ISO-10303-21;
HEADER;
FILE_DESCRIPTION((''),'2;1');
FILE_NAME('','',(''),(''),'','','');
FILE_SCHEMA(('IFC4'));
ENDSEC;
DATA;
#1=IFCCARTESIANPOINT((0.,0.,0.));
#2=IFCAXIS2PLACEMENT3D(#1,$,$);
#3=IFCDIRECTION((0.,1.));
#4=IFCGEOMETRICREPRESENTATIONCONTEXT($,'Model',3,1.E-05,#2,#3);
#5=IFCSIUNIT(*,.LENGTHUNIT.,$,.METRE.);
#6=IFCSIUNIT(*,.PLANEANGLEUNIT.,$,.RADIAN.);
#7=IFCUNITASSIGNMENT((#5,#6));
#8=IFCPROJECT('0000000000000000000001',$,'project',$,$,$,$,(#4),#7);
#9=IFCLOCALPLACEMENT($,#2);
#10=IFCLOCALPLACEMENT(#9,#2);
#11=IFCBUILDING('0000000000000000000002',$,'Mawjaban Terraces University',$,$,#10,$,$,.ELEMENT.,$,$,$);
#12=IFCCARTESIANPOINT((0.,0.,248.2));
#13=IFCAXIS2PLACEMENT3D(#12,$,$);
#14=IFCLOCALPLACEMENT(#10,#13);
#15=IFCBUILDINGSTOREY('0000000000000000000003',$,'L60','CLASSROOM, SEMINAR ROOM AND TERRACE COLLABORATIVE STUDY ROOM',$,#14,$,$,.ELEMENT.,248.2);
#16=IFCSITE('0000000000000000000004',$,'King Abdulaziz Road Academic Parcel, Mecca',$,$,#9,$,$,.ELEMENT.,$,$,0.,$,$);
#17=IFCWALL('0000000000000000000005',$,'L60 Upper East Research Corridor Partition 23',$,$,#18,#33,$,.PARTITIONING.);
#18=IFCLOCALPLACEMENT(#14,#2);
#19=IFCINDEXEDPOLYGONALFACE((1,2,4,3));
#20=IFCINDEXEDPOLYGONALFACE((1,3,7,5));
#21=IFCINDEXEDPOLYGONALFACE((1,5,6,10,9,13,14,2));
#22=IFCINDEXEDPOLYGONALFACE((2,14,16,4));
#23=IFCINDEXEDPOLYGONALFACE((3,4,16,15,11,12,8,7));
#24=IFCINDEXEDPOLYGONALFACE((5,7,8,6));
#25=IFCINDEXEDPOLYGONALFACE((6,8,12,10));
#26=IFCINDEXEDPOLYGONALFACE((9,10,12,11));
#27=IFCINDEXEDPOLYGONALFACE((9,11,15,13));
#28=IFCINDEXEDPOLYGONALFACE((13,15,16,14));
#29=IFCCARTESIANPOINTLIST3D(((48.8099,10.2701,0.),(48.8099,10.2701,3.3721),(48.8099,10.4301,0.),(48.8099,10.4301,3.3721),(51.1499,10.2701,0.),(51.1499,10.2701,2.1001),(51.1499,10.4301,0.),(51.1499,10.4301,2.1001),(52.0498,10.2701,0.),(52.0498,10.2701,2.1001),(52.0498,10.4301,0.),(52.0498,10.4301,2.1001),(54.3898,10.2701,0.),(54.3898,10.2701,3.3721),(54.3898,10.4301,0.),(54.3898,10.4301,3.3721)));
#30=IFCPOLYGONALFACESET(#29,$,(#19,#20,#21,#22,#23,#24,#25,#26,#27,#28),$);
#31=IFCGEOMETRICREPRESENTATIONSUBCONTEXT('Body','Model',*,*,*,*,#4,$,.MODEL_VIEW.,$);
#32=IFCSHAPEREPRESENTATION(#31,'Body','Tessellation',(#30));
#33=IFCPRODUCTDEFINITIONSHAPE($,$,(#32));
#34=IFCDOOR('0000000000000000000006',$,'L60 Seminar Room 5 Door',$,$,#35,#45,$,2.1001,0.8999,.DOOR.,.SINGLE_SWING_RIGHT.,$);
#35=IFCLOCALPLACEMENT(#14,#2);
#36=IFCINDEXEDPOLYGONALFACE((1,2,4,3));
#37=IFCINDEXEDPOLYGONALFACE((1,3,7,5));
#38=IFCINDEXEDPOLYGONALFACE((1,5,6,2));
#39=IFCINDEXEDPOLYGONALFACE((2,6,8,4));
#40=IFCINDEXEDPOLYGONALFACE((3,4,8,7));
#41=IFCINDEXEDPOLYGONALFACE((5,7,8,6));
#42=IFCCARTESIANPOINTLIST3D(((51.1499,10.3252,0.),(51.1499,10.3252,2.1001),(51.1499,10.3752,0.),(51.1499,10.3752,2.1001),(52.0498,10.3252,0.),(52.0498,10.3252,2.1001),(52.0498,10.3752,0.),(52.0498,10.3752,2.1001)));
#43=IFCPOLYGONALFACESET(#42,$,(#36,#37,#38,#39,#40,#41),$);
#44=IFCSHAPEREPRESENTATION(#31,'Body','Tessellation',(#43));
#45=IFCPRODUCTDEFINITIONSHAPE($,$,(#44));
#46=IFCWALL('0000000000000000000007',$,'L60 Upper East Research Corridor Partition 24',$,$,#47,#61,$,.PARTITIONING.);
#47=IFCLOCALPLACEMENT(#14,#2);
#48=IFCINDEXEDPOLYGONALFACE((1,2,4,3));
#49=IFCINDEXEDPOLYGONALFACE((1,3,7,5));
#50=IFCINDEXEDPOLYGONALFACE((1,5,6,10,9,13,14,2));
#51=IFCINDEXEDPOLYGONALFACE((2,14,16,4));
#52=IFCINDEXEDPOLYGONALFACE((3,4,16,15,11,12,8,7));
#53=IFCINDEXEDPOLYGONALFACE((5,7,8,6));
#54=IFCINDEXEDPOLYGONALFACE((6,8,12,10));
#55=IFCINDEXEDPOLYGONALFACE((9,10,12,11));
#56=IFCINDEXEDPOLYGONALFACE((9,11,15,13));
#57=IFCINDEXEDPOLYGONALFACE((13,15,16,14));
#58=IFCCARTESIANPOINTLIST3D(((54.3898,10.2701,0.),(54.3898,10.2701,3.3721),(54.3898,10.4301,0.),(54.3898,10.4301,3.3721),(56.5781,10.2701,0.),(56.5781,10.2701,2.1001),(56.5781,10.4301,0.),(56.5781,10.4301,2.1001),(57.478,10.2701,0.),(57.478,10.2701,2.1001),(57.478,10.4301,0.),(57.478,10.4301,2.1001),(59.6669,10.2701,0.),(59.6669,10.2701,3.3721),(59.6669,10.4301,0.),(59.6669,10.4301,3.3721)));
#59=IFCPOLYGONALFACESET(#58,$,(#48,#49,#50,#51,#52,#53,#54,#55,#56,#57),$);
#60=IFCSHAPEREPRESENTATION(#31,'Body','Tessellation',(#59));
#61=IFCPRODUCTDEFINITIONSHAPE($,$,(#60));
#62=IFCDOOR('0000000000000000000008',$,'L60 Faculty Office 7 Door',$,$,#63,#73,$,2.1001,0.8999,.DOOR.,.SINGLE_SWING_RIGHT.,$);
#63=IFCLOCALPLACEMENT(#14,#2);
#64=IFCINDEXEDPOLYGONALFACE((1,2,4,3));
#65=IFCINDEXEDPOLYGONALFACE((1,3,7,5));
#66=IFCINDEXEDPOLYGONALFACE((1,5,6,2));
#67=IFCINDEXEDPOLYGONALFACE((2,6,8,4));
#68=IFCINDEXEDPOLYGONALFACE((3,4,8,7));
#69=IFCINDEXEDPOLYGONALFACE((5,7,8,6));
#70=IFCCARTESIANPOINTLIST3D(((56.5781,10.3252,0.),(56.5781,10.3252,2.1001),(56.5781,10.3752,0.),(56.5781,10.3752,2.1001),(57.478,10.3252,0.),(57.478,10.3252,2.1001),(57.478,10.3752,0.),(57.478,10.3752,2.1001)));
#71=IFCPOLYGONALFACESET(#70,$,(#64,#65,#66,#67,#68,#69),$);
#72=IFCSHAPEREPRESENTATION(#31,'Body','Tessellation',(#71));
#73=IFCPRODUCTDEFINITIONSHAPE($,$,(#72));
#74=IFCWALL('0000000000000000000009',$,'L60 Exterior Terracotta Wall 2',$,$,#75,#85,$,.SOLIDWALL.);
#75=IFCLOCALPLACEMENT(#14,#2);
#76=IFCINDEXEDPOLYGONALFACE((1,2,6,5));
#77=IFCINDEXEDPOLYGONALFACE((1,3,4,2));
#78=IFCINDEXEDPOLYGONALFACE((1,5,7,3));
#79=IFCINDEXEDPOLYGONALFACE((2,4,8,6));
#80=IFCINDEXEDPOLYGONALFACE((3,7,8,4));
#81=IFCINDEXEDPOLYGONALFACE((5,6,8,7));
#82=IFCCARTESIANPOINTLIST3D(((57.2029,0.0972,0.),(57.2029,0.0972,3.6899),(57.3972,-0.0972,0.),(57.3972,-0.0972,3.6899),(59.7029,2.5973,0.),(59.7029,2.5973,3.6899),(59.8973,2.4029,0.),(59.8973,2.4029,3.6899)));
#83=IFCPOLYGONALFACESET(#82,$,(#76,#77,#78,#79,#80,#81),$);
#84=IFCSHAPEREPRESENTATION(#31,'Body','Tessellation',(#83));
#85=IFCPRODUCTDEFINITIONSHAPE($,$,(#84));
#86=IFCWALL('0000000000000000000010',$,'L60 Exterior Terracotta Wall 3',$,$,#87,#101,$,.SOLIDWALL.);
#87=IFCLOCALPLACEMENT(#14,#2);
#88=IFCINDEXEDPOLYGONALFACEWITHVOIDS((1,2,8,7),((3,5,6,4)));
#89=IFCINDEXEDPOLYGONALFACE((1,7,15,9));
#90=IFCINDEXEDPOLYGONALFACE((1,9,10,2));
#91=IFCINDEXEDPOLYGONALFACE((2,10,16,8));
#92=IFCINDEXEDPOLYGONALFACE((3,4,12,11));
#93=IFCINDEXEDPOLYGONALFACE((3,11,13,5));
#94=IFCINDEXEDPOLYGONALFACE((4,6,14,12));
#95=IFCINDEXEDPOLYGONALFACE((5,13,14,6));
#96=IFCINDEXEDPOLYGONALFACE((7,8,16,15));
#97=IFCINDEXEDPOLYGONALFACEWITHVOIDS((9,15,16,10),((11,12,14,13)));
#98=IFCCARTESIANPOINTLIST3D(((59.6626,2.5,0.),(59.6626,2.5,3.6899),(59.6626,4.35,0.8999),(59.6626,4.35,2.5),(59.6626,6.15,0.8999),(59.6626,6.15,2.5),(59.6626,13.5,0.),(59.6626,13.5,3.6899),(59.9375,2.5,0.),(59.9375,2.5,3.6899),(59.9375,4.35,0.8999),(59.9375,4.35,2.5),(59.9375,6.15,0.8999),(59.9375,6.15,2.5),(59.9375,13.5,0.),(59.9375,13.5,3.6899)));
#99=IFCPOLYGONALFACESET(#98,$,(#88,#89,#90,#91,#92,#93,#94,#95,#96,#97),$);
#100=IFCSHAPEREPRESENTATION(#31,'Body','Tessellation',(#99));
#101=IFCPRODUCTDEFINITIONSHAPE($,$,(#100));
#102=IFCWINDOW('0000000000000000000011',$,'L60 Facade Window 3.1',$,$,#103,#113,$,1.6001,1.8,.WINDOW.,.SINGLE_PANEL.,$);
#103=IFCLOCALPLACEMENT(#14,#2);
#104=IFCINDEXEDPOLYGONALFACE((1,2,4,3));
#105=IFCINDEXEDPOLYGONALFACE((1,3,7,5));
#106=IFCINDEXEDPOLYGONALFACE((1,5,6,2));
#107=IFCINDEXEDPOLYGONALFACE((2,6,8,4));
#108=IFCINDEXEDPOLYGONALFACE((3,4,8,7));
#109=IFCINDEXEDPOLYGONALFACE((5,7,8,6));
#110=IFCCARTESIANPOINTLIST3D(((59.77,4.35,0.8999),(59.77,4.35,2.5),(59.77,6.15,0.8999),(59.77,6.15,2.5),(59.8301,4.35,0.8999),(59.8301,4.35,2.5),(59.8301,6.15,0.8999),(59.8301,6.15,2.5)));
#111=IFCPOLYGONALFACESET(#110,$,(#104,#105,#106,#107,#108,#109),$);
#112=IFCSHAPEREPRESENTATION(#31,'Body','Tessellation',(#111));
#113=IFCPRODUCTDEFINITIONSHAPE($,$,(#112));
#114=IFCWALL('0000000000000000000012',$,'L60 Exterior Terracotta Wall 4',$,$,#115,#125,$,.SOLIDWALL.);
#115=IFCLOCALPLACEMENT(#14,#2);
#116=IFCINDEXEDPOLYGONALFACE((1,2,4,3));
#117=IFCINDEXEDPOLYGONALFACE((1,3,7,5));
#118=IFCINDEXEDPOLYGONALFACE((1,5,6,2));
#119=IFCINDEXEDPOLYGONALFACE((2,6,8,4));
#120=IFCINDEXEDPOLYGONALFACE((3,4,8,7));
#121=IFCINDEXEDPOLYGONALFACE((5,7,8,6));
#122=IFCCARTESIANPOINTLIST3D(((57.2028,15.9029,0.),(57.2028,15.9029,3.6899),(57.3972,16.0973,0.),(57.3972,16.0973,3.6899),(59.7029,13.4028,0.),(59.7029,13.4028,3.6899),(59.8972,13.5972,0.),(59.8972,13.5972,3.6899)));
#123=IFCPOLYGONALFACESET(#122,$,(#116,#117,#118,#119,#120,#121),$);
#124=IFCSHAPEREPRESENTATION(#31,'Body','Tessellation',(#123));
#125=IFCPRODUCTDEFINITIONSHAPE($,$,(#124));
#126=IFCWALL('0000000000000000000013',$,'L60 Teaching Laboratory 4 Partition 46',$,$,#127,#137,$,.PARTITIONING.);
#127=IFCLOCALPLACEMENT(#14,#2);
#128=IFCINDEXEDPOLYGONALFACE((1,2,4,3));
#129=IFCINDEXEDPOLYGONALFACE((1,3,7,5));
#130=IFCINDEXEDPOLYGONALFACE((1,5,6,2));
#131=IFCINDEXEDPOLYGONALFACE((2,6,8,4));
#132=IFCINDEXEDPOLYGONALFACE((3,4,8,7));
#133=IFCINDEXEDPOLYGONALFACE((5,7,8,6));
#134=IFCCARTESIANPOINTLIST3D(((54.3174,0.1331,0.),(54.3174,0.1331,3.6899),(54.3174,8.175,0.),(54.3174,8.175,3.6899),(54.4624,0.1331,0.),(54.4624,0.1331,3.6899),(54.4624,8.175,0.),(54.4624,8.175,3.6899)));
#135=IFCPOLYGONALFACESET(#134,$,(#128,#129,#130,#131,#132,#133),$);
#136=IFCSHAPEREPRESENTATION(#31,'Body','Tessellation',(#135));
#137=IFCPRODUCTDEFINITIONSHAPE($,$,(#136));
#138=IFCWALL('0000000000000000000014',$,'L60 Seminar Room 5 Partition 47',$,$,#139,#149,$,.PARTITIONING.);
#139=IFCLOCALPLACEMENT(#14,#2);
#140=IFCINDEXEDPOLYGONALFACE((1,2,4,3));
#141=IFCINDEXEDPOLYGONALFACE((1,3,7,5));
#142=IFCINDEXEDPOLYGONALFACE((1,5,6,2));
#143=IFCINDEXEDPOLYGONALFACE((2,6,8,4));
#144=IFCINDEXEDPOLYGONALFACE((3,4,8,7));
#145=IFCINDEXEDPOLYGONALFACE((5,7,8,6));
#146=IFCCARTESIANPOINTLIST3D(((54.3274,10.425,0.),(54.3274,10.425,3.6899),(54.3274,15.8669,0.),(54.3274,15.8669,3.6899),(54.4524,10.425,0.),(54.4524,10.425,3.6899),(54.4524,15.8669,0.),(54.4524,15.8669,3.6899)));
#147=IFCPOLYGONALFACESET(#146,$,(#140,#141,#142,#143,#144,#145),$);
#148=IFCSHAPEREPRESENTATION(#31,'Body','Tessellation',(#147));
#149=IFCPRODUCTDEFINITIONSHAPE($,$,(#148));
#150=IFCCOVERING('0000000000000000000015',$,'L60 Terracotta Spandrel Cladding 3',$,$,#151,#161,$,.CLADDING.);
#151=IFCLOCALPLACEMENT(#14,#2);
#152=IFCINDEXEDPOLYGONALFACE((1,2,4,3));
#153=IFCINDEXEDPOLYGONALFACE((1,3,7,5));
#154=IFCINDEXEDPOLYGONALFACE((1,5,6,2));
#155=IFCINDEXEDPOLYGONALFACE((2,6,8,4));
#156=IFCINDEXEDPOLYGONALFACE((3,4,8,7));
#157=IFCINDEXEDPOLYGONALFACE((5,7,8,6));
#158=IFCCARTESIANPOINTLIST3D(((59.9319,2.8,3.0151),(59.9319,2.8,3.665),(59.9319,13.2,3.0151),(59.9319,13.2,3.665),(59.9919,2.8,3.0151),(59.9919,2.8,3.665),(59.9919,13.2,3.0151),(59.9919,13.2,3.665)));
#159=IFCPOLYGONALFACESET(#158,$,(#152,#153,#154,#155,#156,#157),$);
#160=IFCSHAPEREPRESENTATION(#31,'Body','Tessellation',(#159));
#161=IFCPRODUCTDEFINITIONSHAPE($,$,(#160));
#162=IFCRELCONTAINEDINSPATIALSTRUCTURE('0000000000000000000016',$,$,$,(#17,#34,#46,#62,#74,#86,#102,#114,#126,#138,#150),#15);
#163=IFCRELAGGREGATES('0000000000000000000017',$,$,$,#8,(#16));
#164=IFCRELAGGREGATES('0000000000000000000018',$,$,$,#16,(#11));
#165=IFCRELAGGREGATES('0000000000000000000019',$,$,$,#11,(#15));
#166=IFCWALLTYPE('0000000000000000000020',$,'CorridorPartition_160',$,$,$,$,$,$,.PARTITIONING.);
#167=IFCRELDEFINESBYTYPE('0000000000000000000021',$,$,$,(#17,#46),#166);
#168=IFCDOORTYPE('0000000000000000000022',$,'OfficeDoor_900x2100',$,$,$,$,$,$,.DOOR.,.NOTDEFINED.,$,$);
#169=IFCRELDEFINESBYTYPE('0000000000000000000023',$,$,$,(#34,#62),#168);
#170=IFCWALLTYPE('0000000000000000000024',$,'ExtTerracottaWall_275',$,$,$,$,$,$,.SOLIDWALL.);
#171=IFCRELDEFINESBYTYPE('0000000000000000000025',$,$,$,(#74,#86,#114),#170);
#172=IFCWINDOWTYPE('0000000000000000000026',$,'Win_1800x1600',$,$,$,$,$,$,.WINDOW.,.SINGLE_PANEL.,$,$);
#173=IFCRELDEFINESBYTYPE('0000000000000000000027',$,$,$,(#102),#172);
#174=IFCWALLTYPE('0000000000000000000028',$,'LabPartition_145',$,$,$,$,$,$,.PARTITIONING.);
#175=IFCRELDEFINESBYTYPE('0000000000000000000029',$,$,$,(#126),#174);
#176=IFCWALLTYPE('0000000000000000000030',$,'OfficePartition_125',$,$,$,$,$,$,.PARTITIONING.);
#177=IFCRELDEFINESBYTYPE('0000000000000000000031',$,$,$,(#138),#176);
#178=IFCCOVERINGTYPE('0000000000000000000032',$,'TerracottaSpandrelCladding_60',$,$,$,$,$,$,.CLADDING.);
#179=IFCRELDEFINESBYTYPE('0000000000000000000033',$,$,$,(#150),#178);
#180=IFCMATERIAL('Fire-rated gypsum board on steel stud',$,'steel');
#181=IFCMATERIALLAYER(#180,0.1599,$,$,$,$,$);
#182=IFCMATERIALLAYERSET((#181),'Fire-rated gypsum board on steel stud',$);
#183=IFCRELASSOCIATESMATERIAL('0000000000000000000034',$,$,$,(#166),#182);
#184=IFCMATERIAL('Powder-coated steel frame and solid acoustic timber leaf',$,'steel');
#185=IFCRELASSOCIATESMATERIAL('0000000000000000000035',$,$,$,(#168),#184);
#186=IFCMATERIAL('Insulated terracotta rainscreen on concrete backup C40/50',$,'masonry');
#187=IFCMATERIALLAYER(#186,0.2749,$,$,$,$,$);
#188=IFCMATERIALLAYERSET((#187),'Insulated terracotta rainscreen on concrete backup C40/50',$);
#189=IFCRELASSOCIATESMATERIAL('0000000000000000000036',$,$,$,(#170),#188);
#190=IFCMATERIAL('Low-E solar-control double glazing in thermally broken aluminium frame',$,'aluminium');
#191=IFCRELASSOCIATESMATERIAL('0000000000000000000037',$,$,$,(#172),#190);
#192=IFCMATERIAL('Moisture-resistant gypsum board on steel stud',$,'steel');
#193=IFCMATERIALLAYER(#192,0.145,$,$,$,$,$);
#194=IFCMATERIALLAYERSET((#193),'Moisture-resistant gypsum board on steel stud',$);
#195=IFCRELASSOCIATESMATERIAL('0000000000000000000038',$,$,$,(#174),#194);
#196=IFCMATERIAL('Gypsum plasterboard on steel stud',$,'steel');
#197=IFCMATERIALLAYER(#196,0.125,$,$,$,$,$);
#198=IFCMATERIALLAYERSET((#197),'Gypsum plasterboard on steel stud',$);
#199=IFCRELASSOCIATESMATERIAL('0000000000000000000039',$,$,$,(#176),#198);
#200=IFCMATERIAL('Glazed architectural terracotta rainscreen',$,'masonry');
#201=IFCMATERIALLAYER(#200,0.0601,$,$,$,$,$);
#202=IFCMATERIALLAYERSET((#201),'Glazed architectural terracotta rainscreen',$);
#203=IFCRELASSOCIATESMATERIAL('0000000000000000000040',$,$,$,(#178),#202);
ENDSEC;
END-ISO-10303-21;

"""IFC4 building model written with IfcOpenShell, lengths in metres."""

from ifc_helpers import new_model, si_unit, direction, frame, frame_2d, origin, origin_2d, place, context, subcontext, project, spatial, rectangle, extrude, material, layer, layer_set, type_object, element, fill, save


model = new_model("IFC4")

# Units and contexts
model_context = context("Model", 3, precision=1e-05, world=origin(), true_north=direction((0.0, 1.0)))
body_context = subcontext(model_context, "Body", "Model", "MODEL_VIEW")
ifc_project = project(units=[si_unit("LENGTHUNIT", "METRE"), si_unit("PLANEANGLEUNIT", "RADIAN")], contexts=[model_context])

# Site, building, storey
site_placement = place(None, origin())
site = spatial("IfcSite", under=ifc_project, at=site_placement, Name="King Abdulaziz Road Academic Parcel, Mecca", CompositionType="ELEMENT", RefElevation=0.0)
building_placement = place(site_placement, origin())
building = spatial("IfcBuilding", under=site, at=building_placement, Name="Mawjaban Terraces University", CompositionType="ELEMENT")
storey_placement = place(building_placement, frame((0.0, 0.0, 248.2)))
storey = spatial("IfcBuildingStorey", under=building, at=storey_placement, Name="L60", Description="CLASSROOM, SEMINAR ROOM AND TERRACE COLLABORATIVE STUDY ROOM", CompositionType="ELEMENT", Elevation=248.2)

# Walls, openings, doors
ifc_material_1 = material(Name="Fire-rated gypsum board on steel stud", Category="steel")
ifc_layer_1 = layer(ifc_material_1, 0.1599)
ifc_layer_set_1 = layer_set([ifc_layer_1], Name="Fire-rated gypsum board on steel stud")
wall_type_1 = type_object("IfcWallType", Name="CorridorPartition_160", PredefinedType="PARTITIONING", material=ifc_layer_set_1)
ifc_material_2 = material(Name="Powder-coated steel frame and solid acoustic timber leaf", Category="steel")
wall_1_placement = place(storey_placement, frame((54.3899, 10.3501, 0.0), z_axis=(0.0, 0.0, 1.0), x_axis=(-1.0, 0.0, 0.0)))
wall_1 = element("IfcWall", 1, at=wall_1_placement, inside=storey, type_object=wall_type_1, Name="L60 Upper East Research Corridor Partition 23", PredefinedType="PARTITIONING", context=body_context, shape_type="SweptSolid", body=[
    extrude(rectangle(XDim=5.5798, YDim=0.1599, at=frame_2d((2.79, 0.0))), origin(), (0.0, 0.0, 1.0), 3.3721),
])
opening_1_placement = place(wall_1_placement, frame((2.3401, 0.0, 0.0)))
opening_1 = element("IfcOpeningElement", 2, at=opening_1_placement, cuts=wall_1, PredefinedType="OPENING", context=body_context, shape_type="SweptSolid", body=[
    extrude(rectangle(XDim=0.8999, YDim=2.1001, at=frame_2d((0.45, 1.05))), frame((0.0, 0.0898, 0.0), z_axis=(0.0, -1.0, 0.0), x_axis=(1.0, 0.0, 0.0)), (0.0, 0.0, 1.0), 0.1799),
])
door_type_1 = type_object("IfcDoorType", Name="OfficeDoor_900x2100", OperationType="NOTDEFINED", PredefinedType="DOOR", material=ifc_material_2)
door_1_placement = place(opening_1_placement, origin())
door_1 = element("IfcDoor", 3, at=door_1_placement, inside=storey, type_object=door_type_1, Name="L60 Seminar Room 5 Door", OperationType="SINGLE_SWING_RIGHT", OverallHeight=2.1001, OverallWidth=0.8999, PredefinedType="DOOR", context=body_context, shape_type="SweptSolid", body=[
    extrude(rectangle(XDim=0.8999, YDim=2.1001, at=frame_2d((0.45, 1.05))), frame((0.0, 0.0249, 0.0), z_axis=(0.0, -1.0, 0.0), x_axis=(1.0, 0.0, 0.0)), (0.0, 0.0, 1.0), 0.05),
])
fill(opening_1, door_1)
wall_2_placement = place(storey_placement, frame((59.667, 10.3501, 0.0), z_axis=(0.0, 0.0, 1.0), x_axis=(-1.0, 0.0, 0.0)))
wall_2 = element("IfcWall", 4, at=wall_2_placement, inside=storey, type_object=wall_type_1, Name="L60 Upper East Research Corridor Partition 24", PredefinedType="PARTITIONING", context=body_context, shape_type="SweptSolid", body=[
    extrude(rectangle(XDim=5.2771, YDim=0.1599, at=frame_2d((2.6387, 0.0))), origin(), (0.0, 0.0, 1.0), 3.3721),
])
opening_2_placement = place(wall_2_placement, frame((2.189, 0.0, 0.0)))
opening_2 = element("IfcOpeningElement", 5, at=opening_2_placement, cuts=wall_2, PredefinedType="OPENING", context=body_context, shape_type="SweptSolid", body=[
    extrude(rectangle(XDim=0.8999, YDim=2.1001, at=frame_2d((0.45, 1.05))), frame((0.0, 0.0898, 0.0), z_axis=(0.0, -1.0, 0.0), x_axis=(1.0, 0.0, 0.0)), (0.0, 0.0, 1.0), 0.1799),
])
door_2_placement = place(opening_2_placement, origin())
door_2 = element("IfcDoor", 6, at=door_2_placement, inside=storey, type_object=door_type_1, Name="L60 Faculty Office 7 Door", OperationType="SINGLE_SWING_RIGHT", OverallHeight=2.1001, OverallWidth=0.8999, PredefinedType="DOOR", context=body_context, shape_type="SweptSolid", body=[
    extrude(rectangle(XDim=0.8999, YDim=2.1001, at=frame_2d((0.45, 1.05))), frame((0.0, 0.0249, 0.0), z_axis=(0.0, -1.0, 0.0), x_axis=(1.0, 0.0, 0.0)), (0.0, 0.0, 1.0), 0.05),
])
fill(opening_2, door_2)

# Wall
ifc_material_3 = material(Name="Insulated terracotta rainscreen on concrete backup C40/50", Category="masonry")
ifc_layer_2 = layer(ifc_material_3, 0.2749)
ifc_layer_set_2 = layer_set([ifc_layer_2], Name="Insulated terracotta rainscreen on concrete backup C40/50")
wall_type_2 = type_object("IfcWallType", Name="ExtTerracottaWall_275", PredefinedType="SOLIDWALL", material=ifc_layer_set_2)
wall_3_placement = place(storey_placement, frame((57.3, 0.0, 0.0), z_axis=(0.0, 0.0, 1.0), x_axis=(0.707107, 0.707107, 0.0)))
element("IfcWall", 7, at=wall_3_placement, inside=storey, type_object=wall_type_2, Name="L60 Exterior Terracotta Wall 2", PredefinedType="SOLIDWALL", context=body_context, shape_type="SweptSolid", body=[
    extrude(rectangle(XDim=3.5356, YDim=0.2749, at=frame_2d((1.7678, 0.0))), origin(), (0.0, 0.0, 1.0), 3.6899),
])

# Wall, opening, window
wall_4_placement = place(storey_placement, frame((59.8, 2.5, 0.0), z_axis=(0.0, 0.0, 1.0), x_axis=(0.0, 1.0, 0.0)))
wall_4 = element("IfcWall", 8, at=wall_4_placement, inside=storey, type_object=wall_type_2, Name="L60 Exterior Terracotta Wall 3", PredefinedType="SOLIDWALL", context=body_context, shape_type="SweptSolid", body=[
    extrude(rectangle(XDim=11.0, YDim=0.2749, at=frame_2d((5.5, 0.0))), origin(), (0.0, 0.0, 1.0), 3.6899),
])
opening_3_placement = place(wall_4_placement, frame((1.8501, 0.0, 0.8999)))
opening_3 = element("IfcOpeningElement", 9, at=opening_3_placement, cuts=wall_4, PredefinedType="OPENING", context=body_context, shape_type="SweptSolid", body=[
    extrude(rectangle(XDim=1.8, YDim=1.6001, at=frame_2d((0.8999, 0.8))), frame((0.0, 0.1475, 0.0), z_axis=(0.0, -1.0, 0.0), x_axis=(1.0, 0.0, 0.0)), (0.0, 0.0, 1.0), 0.2949),
])
ifc_material_4 = material(Name="Low-E solar-control double glazing in thermally broken aluminium frame", Category="aluminium")
window_type = type_object("IfcWindowType", Name="Win_1800x1600", PartitioningType="SINGLE_PANEL", PredefinedType="WINDOW", material=ifc_material_4)
window_placement = place(opening_3_placement, origin())
window = element("IfcWindow", 10, at=window_placement, inside=storey, type_object=window_type, Name="L60 Facade Window 3.1", OverallHeight=1.6001, OverallWidth=1.8, PartitioningType="SINGLE_PANEL", PredefinedType="WINDOW", context=body_context, shape_type="SweptSolid", body=[
    extrude(rectangle(XDim=1.8, YDim=1.6001, at=frame_2d((0.8999, 0.8))), frame((0.0, 0.03, 0.0), z_axis=(0.0, -1.0, 0.0), x_axis=(1.0, 0.0, 0.0)), (0.0, 0.0, 1.0), 0.0601),
])
fill(opening_3, window)

# Walls
wall_5_placement = place(storey_placement, frame((59.8, 13.5, 0.0), z_axis=(0.0, 0.0, 1.0), x_axis=(-0.707107, 0.707107, 0.0)))
element("IfcWall", 11, at=wall_5_placement, inside=storey, type_object=wall_type_2, Name="L60 Exterior Terracotta Wall 4", PredefinedType="SOLIDWALL", context=body_context, shape_type="SweptSolid", body=[
    extrude(rectangle(XDim=3.5356, YDim=0.2749, at=frame_2d((1.7678, 0.0))), origin(), (0.0, 0.0, 1.0), 3.6899),
])
ifc_material_5 = material(Name="Moisture-resistant gypsum board on steel stud", Category="steel")
ifc_layer_3 = layer(ifc_material_5, 0.145)
ifc_layer_set_3 = layer_set([ifc_layer_3], Name="Moisture-resistant gypsum board on steel stud")
wall_type_3 = type_object("IfcWallType", Name="LabPartition_145", PredefinedType="PARTITIONING", material=ifc_layer_set_3)
wall_6_placement = place(storey_placement, frame((54.3899, 0.1331, 0.0), z_axis=(0.0, 0.0, 1.0), x_axis=(0.0, 1.0, 0.0)))
element("IfcWall", 12, at=wall_6_placement, inside=storey, type_object=wall_type_3, Name="L60 Teaching Laboratory 4 Partition 46", PredefinedType="PARTITIONING", context=body_context, shape_type="SweptSolid", body=[
    extrude(rectangle(XDim=8.042, YDim=0.145, at=frame_2d((4.021, 0.0))), origin(), (0.0, 0.0, 1.0), 3.6899),
])
ifc_material_6 = material(Name="Gypsum plasterboard on steel stud", Category="steel")
ifc_layer_4 = layer(ifc_material_6, 0.125)
ifc_layer_set_4 = layer_set([ifc_layer_4], Name="Gypsum plasterboard on steel stud")
wall_type_4 = type_object("IfcWallType", Name="OfficePartition_125", PredefinedType="PARTITIONING", material=ifc_layer_set_4)
wall_7_placement = place(storey_placement, frame((54.3899, 10.425, 0.0), z_axis=(0.0, 0.0, 1.0), x_axis=(0.0, 1.0, 0.0)))
element("IfcWall", 13, at=wall_7_placement, inside=storey, type_object=wall_type_4, Name="L60 Seminar Room 5 Partition 47", PredefinedType="PARTITIONING", context=body_context, shape_type="SweptSolid", body=[
    extrude(rectangle(XDim=5.4419, YDim=0.125, at=frame_2d((2.7209, 0.0))), origin(), (0.0, 0.0, 1.0), 3.6899),
])

# Covering
ifc_material_7 = material(Name="Glazed architectural terracotta rainscreen", Category="masonry")
ifc_layer_5 = layer(ifc_material_7, 0.0601)
ifc_layer_set_5 = layer_set([ifc_layer_5], Name="Glazed architectural terracotta rainscreen")
covering_type = type_object("IfcCoveringType", Name="TerracottaSpandrelCladding_60", PredefinedType="CLADDING", material=ifc_layer_set_5)
covering_placement = place(storey_placement, frame((59.9619, 8.0, 3.0151), z_axis=(0.0, 0.0, 1.0), x_axis=(0.0, 1.0, 0.0)))
element("IfcCovering", 14, at=covering_placement, inside=storey, type_object=covering_type, Name="L60 Terracotta Spandrel Cladding 3", PredefinedType="CLADDING", context=body_context, shape_type="SweptSolid", body=[
    extrude(rectangle(XDim=10.3999, YDim=0.0601, at=origin_2d()), origin(), (0.0, 0.0, 1.0), 0.6499),
])

save(model, "model.ifc")
